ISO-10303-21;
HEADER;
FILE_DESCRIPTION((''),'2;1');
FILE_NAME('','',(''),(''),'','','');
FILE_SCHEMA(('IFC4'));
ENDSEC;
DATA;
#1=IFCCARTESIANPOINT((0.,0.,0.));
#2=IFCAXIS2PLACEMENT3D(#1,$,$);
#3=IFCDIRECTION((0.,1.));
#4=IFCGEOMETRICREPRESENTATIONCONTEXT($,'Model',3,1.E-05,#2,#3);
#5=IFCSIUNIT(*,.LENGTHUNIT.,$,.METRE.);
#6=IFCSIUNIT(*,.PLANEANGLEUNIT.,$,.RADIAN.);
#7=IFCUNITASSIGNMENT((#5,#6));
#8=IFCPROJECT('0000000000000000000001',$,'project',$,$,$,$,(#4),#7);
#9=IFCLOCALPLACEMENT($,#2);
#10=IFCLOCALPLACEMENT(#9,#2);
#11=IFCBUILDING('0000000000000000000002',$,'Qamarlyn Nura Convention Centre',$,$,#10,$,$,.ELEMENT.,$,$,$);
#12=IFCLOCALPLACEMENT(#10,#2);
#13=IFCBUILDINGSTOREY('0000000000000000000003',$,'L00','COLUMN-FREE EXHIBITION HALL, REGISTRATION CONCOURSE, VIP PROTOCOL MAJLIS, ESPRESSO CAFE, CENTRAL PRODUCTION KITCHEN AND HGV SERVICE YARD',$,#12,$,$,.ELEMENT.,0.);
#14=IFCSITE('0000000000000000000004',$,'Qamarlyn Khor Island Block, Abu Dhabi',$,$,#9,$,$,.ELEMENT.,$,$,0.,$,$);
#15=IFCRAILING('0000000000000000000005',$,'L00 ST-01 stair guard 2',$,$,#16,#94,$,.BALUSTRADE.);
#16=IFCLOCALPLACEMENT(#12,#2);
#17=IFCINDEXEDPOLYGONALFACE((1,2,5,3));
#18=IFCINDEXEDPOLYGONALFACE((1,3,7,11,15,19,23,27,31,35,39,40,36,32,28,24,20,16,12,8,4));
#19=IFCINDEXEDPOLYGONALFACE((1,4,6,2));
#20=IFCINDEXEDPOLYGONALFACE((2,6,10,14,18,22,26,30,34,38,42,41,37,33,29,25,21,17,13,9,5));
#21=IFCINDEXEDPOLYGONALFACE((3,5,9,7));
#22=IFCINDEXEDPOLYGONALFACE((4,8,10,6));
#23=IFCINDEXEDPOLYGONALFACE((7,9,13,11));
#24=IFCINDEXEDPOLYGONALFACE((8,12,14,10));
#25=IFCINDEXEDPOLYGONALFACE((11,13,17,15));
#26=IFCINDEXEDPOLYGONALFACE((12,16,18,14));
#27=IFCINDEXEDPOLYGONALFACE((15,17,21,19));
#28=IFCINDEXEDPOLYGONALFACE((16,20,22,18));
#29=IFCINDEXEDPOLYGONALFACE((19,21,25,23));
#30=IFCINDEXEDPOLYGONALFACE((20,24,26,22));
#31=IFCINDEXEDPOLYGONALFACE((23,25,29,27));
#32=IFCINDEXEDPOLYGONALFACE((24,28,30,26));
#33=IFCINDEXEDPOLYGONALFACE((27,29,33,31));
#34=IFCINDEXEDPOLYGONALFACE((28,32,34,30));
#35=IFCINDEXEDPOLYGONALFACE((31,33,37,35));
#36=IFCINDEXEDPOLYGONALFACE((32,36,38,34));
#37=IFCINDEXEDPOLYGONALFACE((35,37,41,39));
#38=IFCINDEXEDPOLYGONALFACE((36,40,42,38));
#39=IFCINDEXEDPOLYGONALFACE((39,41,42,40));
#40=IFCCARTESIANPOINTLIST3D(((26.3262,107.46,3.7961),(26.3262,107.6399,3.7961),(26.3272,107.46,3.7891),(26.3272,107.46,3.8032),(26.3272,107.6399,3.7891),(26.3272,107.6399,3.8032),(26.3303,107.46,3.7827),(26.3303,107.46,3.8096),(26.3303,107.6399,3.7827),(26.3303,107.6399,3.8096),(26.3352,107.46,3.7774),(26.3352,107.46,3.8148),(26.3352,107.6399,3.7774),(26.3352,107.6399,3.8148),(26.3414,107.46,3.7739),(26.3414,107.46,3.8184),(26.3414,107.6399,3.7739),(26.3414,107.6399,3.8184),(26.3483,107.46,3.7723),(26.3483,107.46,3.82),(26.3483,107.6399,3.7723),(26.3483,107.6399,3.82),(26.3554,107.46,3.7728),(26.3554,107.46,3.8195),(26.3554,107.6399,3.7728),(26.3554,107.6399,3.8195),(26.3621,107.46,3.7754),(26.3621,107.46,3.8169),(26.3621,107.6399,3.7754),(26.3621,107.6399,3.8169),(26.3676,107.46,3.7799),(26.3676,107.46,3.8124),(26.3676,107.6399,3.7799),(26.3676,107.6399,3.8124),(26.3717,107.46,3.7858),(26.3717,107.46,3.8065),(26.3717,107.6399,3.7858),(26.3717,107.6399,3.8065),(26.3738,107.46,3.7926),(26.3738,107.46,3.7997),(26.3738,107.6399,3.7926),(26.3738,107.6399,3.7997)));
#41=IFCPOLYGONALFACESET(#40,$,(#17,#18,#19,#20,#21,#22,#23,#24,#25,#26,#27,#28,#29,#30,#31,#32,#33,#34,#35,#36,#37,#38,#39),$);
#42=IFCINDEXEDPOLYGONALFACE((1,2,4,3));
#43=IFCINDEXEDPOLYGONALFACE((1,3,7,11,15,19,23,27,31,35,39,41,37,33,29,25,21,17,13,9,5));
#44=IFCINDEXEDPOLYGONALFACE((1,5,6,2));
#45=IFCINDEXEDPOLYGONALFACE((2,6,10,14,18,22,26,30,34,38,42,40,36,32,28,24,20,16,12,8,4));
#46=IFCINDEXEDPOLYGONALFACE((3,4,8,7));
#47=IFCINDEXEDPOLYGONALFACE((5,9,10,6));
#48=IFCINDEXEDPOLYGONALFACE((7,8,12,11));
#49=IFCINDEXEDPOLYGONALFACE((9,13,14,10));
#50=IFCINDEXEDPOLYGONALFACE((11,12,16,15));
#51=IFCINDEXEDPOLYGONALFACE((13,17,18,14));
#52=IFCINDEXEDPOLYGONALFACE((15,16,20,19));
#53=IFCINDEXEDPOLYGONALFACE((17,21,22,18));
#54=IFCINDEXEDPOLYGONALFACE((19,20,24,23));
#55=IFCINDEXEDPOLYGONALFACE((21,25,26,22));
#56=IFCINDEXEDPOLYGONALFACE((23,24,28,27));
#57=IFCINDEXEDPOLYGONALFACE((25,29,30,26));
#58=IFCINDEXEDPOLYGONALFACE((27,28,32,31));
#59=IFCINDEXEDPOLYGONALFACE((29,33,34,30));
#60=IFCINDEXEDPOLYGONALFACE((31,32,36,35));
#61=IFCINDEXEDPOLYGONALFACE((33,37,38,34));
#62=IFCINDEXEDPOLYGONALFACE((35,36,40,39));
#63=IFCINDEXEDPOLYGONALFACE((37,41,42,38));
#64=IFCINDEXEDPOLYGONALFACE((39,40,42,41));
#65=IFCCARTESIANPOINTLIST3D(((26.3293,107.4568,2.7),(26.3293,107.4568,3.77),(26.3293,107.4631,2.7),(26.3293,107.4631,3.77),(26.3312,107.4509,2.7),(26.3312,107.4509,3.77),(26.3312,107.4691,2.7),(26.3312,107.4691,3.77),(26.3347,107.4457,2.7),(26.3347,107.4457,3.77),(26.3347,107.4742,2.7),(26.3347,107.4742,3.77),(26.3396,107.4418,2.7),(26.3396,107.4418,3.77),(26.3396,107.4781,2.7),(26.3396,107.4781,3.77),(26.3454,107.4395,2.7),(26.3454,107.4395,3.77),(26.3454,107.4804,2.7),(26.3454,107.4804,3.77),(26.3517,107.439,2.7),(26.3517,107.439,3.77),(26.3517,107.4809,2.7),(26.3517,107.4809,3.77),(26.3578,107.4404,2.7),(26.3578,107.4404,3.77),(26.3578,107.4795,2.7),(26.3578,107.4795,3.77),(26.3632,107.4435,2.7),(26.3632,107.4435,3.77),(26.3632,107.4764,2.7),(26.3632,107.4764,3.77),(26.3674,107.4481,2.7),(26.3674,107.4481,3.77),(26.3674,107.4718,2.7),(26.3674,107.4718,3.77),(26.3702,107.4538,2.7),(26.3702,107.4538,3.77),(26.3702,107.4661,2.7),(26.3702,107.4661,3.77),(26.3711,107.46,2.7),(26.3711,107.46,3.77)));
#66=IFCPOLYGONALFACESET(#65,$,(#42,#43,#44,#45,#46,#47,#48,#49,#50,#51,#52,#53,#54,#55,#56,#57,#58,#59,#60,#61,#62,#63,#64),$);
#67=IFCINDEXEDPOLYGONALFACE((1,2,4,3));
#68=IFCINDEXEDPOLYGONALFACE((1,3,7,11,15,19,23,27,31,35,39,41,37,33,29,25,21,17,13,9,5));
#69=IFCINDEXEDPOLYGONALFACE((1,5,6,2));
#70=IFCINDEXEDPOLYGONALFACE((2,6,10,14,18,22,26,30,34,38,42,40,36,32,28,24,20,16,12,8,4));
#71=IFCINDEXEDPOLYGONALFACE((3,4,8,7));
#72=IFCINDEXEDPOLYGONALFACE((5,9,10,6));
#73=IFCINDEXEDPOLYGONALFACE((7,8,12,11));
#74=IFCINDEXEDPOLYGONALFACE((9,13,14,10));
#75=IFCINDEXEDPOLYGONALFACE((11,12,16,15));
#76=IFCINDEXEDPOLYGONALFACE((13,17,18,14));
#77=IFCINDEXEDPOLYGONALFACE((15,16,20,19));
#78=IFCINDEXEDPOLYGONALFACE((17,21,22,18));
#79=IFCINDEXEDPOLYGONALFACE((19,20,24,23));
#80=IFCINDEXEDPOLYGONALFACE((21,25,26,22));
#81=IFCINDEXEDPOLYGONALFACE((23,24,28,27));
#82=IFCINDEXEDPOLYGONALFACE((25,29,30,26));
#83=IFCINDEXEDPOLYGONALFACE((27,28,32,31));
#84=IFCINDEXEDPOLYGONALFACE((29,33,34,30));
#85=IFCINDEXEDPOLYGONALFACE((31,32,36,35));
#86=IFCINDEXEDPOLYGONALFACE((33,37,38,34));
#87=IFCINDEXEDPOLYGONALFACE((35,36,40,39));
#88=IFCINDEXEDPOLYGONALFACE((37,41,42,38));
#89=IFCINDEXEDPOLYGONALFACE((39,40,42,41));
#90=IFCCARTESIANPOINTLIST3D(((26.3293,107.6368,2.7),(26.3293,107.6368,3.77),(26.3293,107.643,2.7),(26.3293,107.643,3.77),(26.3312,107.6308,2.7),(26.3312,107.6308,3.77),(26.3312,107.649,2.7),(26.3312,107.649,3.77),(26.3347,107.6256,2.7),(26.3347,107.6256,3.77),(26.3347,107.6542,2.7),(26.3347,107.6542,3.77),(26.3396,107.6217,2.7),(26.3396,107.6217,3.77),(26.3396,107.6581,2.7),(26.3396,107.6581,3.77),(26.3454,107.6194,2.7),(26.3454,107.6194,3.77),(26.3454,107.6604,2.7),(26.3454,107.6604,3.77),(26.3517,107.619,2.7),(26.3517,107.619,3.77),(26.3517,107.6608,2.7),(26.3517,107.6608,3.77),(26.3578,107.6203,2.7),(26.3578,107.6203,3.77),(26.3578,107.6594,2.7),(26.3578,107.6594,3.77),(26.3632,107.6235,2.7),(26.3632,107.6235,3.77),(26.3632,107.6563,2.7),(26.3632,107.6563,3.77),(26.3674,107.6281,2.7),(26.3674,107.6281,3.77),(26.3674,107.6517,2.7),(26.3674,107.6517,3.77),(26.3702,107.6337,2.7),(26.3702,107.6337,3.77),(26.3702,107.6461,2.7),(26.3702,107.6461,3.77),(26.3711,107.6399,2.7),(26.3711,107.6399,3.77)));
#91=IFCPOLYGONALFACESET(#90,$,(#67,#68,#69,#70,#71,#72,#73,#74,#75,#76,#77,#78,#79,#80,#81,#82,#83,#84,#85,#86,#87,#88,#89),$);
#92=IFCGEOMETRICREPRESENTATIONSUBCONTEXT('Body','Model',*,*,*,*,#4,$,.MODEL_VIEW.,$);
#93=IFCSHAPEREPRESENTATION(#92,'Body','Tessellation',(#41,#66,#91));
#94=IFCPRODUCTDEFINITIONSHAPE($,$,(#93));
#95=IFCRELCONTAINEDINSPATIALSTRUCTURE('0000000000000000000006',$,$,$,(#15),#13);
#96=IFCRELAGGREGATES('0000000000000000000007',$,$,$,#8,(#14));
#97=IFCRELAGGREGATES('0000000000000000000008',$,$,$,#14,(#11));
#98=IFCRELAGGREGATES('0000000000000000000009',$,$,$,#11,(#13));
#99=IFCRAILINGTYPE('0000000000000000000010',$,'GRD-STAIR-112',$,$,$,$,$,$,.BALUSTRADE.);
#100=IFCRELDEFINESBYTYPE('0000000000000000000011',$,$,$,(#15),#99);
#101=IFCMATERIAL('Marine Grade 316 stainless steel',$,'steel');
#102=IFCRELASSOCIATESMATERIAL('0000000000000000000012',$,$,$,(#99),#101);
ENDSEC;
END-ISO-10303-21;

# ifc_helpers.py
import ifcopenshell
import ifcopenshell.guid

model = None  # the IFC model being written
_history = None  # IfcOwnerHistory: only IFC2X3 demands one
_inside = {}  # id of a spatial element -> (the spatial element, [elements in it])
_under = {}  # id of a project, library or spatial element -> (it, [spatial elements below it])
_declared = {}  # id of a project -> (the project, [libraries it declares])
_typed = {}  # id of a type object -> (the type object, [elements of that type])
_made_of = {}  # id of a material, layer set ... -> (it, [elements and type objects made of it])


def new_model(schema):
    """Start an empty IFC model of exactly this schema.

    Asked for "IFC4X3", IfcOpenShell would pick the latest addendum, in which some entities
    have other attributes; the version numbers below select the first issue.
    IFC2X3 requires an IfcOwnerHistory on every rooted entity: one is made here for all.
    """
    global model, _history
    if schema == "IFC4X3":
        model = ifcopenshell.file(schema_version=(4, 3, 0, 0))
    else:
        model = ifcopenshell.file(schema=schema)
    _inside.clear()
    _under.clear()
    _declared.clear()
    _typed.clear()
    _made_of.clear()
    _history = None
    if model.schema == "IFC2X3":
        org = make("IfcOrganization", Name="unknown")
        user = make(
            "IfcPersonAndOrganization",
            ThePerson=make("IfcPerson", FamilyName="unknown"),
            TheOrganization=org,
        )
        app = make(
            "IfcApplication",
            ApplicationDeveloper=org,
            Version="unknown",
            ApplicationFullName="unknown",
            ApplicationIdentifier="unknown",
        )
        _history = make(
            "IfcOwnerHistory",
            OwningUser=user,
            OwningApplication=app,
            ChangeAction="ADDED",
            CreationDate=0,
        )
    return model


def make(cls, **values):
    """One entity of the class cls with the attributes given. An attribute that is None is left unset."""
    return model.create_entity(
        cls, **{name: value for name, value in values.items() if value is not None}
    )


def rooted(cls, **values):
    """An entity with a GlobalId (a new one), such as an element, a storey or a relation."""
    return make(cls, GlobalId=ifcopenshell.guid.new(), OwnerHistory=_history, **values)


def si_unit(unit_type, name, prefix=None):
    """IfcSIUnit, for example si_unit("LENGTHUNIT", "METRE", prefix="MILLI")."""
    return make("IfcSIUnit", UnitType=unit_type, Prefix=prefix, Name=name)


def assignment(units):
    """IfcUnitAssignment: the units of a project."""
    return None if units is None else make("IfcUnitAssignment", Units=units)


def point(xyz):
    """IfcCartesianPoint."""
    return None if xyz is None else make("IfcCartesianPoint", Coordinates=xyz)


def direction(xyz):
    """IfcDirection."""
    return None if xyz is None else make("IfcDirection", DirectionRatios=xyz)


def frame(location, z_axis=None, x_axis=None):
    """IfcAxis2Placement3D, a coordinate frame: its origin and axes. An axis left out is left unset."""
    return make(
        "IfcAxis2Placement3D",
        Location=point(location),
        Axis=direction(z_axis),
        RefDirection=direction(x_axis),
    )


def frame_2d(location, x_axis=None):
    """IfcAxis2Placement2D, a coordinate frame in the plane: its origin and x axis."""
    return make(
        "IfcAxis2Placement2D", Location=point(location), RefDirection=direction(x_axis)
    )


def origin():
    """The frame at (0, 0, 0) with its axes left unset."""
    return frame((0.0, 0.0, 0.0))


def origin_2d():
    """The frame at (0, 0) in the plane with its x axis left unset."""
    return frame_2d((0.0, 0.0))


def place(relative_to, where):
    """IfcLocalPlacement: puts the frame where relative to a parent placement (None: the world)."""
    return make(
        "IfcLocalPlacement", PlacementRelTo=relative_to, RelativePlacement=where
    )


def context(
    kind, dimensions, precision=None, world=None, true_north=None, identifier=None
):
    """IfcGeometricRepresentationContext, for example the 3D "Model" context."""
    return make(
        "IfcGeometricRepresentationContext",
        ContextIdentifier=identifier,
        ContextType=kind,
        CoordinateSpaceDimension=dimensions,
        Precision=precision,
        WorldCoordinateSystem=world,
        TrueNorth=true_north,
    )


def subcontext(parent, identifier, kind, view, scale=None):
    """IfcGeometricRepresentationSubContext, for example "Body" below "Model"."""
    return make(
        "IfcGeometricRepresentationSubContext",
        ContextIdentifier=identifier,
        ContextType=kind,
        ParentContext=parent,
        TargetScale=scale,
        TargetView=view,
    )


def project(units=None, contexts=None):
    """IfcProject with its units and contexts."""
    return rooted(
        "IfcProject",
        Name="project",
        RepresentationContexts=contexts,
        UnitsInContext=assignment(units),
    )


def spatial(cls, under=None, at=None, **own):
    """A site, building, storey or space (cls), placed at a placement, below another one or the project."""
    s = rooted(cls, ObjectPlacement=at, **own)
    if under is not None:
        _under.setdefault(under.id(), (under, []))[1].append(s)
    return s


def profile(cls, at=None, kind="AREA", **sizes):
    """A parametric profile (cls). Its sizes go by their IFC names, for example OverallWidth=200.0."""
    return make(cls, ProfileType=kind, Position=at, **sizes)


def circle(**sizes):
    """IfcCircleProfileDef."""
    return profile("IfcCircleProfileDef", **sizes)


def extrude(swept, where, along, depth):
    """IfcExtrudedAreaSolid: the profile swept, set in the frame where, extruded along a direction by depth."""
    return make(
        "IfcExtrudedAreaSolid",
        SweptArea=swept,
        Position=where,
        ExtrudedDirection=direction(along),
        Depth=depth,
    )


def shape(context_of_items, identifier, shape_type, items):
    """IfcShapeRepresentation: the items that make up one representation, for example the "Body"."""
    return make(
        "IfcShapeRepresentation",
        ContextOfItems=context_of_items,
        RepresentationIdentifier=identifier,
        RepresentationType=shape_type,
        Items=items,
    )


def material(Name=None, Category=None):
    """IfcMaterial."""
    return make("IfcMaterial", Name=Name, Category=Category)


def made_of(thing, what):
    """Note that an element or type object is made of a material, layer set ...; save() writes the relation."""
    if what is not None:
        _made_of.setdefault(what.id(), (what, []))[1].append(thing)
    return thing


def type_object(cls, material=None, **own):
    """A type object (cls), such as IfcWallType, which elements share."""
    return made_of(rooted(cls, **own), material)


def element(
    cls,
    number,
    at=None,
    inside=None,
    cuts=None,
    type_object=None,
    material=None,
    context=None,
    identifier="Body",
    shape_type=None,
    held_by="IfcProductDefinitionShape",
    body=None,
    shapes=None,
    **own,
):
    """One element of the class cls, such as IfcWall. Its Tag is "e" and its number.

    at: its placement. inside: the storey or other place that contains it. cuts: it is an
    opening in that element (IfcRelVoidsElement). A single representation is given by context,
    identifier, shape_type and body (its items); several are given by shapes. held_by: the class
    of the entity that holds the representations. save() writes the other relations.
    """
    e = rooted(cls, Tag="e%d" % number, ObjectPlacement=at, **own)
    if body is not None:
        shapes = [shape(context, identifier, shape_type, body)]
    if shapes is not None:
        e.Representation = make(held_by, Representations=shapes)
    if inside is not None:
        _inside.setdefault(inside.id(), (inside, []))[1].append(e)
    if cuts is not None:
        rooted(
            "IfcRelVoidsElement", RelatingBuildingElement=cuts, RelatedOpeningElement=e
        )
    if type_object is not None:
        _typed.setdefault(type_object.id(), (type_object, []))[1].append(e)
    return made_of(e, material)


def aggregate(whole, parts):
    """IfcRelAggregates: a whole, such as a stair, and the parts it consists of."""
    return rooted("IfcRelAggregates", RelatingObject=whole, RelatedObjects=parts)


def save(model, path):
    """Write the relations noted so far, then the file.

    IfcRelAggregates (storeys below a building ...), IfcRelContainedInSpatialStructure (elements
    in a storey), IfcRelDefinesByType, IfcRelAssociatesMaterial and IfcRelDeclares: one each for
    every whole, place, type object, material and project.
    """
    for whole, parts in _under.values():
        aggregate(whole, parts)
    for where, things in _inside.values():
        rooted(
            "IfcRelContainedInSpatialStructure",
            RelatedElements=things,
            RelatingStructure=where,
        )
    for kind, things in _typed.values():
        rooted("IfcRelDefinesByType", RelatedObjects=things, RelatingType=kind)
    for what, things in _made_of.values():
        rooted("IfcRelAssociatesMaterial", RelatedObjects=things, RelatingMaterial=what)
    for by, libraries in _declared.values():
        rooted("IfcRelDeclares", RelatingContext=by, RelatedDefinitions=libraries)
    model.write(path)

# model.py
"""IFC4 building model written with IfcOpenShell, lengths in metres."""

from ifc_helpers import new_model, si_unit, direction, frame, origin, origin_2d, place, context, subcontext, project, spatial, circle, extrude, material, type_object, element, save


model = new_model("IFC4")

# Units and contexts
model_context = context("Model", 3, precision=1e-05, world=origin(), true_north=direction((0.0, 1.0)))
body_context = subcontext(model_context, "Body", "Model", "MODEL_VIEW")
ifc_project = project(units=[si_unit("LENGTHUNIT", "METRE"), si_unit("PLANEANGLEUNIT", "RADIAN")], contexts=[model_context])

# Site, building, storey
site_placement = place(None, origin())
site = spatial("IfcSite", under=ifc_project, at=site_placement, Name="Qamarlyn Khor Island Block, Abu Dhabi", CompositionType="ELEMENT", RefElevation=0.0)
building_placement = place(site_placement, origin())
building = spatial("IfcBuilding", under=site, at=building_placement, Name="Qamarlyn Nura Convention Centre", CompositionType="ELEMENT")
storey_placement = place(building_placement, origin())
storey = spatial("IfcBuildingStorey", under=building, at=storey_placement, Name="L00", Description="COLUMN-FREE EXHIBITION HALL, REGISTRATION CONCOURSE, VIP PROTOCOL MAJLIS, ESPRESSO CAFE, CENTRAL PRODUCTION KITCHEN AND HGV SERVICE YARD", CompositionType="ELEMENT", Elevation=0.0)

# Railing
ifc_material_1 = material(Name="Marine Grade 316 stainless steel", Category="steel")
railing_type_1 = type_object("IfcRailingType", Name="GRD-STAIR-112", PredefinedType="BALUSTRADE", material=ifc_material_1)
railing_1_placement = place(storey_placement, frame((26.3501, 107.46, 2.7)))
element("IfcRailing", 1, at=railing_1_placement, inside=storey, type_object=railing_type_1, Name="L00 ST-01 stair guard 2", PredefinedType="BALUSTRADE", context=body_context, shape_type="SweptSolid", body=[
    extrude(circle(Radius=0.0239, at=origin_2d()), frame((0.0, 0.0, 1.0962), z_axis=(0.0, 1.0, 0.0), x_axis=(-1.0, 0.0, 0.0)), (0.0, 0.0, 1.0), 0.1799),
    extrude(circle(Radius=0.021, at=origin_2d()), origin(), (0.0, 0.0, 1.0), 1.0701),
    extrude(circle(Radius=0.021, at=origin_2d()), frame((0.0, 0.1799, 0.0)), (0.0, 0.0, 1.0), 1.0701),
])

save(model, "model.ifc")
